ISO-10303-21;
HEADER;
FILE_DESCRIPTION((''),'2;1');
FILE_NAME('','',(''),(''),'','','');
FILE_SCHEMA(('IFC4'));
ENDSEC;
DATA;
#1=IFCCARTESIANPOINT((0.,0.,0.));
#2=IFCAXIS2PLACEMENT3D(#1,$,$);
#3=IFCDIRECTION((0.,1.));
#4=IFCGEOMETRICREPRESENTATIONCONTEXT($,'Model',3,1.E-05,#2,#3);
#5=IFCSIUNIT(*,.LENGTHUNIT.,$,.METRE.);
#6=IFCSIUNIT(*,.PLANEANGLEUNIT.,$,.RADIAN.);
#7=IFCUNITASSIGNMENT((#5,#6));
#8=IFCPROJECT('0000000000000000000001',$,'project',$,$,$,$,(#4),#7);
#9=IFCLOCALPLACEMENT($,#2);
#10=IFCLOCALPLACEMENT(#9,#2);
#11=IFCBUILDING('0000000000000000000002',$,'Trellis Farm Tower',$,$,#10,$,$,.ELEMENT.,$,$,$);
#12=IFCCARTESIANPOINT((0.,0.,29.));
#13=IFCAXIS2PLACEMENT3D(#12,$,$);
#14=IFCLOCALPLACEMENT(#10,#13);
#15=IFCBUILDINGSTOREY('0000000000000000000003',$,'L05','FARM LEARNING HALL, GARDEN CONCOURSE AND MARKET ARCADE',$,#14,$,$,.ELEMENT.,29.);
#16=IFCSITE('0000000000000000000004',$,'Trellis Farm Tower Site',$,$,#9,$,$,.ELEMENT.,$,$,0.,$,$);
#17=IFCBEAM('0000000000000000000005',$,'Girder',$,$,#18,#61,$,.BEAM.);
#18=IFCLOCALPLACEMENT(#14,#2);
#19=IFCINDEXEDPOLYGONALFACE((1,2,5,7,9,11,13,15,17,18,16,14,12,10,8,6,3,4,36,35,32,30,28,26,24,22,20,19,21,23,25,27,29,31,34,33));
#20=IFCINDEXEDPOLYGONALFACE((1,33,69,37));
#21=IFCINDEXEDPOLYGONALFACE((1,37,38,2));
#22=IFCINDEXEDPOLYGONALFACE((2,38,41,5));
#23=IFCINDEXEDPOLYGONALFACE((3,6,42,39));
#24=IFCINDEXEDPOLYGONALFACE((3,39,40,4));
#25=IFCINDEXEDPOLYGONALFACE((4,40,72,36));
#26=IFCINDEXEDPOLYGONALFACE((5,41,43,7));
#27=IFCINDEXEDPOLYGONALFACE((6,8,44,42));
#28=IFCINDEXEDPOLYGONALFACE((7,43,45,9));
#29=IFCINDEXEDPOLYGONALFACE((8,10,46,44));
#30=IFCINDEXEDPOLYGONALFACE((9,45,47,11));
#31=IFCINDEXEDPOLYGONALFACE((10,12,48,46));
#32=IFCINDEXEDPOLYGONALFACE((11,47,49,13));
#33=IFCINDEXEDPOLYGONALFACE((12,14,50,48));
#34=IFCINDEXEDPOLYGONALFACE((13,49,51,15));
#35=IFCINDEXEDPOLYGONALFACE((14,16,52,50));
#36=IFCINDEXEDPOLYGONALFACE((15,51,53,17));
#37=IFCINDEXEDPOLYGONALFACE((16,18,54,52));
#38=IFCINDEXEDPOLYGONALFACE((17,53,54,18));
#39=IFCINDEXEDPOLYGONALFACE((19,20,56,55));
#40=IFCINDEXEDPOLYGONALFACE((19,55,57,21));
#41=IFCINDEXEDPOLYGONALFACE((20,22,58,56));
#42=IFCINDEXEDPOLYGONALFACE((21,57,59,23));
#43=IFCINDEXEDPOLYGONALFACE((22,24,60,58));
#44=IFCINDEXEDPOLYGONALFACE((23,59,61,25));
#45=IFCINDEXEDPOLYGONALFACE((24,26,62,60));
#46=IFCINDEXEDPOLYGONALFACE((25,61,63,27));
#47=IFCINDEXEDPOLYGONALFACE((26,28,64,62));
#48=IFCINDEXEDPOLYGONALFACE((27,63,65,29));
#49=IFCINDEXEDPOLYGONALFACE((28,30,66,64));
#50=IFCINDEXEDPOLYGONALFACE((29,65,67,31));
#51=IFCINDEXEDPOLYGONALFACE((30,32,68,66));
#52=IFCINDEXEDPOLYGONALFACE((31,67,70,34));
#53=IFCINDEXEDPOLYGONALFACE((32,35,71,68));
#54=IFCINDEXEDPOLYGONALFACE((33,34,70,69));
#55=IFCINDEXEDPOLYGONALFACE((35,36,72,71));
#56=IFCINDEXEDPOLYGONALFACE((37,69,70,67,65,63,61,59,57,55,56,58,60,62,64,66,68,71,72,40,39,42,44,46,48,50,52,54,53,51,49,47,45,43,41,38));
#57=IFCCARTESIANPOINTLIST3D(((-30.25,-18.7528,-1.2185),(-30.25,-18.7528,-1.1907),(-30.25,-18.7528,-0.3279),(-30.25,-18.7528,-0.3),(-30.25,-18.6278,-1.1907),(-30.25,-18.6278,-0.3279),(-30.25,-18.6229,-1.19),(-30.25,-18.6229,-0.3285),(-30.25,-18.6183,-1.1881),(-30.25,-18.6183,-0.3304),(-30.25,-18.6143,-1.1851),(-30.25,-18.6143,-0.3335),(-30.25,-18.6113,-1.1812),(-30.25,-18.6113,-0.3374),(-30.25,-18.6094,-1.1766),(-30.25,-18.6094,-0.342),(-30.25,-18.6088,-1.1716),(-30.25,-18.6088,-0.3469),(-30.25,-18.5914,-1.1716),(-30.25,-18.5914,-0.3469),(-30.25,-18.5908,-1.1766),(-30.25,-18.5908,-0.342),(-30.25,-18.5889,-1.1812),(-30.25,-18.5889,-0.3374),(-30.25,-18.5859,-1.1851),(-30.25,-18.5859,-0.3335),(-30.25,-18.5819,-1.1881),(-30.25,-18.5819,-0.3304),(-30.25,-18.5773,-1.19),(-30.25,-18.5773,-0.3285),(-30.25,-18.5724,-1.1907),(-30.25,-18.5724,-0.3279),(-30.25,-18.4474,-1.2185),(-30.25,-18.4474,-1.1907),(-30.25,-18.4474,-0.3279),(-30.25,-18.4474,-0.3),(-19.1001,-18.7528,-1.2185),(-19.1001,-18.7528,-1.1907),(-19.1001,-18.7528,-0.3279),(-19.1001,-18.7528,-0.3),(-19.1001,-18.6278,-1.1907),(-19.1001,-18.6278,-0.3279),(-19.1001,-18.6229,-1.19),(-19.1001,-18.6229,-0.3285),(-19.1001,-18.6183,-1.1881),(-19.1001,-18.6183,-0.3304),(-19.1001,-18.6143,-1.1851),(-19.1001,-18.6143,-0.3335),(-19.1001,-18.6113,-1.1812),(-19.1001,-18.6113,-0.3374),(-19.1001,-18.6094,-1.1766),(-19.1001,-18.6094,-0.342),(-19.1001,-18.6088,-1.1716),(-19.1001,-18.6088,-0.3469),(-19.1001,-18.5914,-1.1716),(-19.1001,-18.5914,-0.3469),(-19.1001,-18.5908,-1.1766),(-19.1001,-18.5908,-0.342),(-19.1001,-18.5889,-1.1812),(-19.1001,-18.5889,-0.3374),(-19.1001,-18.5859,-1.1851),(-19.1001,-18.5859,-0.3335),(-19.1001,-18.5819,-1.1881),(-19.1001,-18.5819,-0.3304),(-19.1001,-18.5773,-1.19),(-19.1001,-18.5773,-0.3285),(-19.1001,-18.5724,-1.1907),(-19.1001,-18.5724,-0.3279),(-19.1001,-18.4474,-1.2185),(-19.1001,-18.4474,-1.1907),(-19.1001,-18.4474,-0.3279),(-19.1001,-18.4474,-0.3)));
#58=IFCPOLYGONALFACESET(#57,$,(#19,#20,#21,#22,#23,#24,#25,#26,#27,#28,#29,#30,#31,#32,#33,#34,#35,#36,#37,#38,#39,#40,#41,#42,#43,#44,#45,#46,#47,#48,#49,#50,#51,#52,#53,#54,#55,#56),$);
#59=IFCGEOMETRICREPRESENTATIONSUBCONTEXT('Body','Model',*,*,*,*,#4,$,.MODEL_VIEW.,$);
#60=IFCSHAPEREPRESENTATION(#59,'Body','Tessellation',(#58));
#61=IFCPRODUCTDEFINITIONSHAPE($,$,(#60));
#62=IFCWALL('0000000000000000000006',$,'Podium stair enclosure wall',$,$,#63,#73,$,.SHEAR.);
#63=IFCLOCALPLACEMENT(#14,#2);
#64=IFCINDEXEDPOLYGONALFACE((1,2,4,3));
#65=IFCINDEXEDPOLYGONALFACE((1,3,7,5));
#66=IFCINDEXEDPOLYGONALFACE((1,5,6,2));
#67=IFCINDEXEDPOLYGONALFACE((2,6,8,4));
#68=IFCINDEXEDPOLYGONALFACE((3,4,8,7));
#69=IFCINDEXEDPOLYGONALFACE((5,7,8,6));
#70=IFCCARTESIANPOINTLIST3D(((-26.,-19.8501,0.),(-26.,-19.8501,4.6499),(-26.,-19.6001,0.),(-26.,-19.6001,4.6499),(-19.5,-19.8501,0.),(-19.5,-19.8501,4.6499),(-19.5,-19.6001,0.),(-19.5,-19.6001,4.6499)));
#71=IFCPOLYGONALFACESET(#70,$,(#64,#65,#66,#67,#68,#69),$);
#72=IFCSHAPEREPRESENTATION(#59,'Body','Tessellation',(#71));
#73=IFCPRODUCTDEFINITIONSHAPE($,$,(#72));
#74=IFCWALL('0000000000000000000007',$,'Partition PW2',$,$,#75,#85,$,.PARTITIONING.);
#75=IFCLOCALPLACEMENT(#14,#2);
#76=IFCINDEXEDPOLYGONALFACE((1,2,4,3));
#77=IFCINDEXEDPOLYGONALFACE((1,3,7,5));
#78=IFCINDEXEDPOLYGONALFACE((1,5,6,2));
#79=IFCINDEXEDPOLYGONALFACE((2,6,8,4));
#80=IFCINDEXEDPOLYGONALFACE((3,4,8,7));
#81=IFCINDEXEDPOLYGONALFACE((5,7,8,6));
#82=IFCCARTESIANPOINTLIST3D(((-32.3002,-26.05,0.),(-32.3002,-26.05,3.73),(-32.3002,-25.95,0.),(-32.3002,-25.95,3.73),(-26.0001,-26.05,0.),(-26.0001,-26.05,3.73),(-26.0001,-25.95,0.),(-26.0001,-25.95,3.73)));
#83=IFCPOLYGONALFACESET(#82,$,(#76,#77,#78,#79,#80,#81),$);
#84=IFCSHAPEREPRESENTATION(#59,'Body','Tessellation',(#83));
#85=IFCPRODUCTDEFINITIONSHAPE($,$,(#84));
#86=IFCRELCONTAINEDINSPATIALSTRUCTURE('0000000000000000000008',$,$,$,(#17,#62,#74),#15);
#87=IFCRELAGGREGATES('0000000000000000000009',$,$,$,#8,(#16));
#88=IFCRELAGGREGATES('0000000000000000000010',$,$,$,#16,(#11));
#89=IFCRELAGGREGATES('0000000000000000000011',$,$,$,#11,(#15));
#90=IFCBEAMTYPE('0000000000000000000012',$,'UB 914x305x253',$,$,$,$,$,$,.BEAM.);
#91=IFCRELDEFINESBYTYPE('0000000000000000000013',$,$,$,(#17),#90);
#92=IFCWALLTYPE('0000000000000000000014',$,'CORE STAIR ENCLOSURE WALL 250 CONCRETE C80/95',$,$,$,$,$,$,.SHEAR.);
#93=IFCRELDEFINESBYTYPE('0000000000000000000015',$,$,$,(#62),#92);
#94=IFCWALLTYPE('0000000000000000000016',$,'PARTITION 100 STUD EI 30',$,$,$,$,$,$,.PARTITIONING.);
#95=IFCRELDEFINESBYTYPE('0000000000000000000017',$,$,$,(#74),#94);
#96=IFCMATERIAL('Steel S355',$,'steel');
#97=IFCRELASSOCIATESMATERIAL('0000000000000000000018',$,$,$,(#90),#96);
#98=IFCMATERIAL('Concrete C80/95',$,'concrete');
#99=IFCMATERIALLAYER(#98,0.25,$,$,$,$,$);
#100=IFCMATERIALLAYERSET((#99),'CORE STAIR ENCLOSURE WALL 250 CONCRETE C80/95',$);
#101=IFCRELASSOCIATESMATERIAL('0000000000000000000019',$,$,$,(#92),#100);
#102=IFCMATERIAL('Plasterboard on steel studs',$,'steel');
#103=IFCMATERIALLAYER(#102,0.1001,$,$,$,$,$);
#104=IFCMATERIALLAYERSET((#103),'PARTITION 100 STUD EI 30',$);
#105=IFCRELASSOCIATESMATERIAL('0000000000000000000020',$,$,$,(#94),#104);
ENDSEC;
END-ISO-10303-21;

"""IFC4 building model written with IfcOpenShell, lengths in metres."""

from ifc_helpers import new_model, si_unit, direction, frame, frame_2d, origin, origin_2d, place, context, subcontext, project, spatial, rectangle, i_section, extrude, source, transform, mapped, material, layer, layer_set, material_profile, profile_set, type_object, element, save


model = new_model("IFC4")

# Units and contexts
model_context = context("Model", 3, precision=1e-05, world=origin(), true_north=direction((0.0, 1.0)))
body_context = subcontext(model_context, "Body", "Model", "MODEL_VIEW")
ifc_project = project(units=[si_unit("LENGTHUNIT", "METRE"), si_unit("PLANEANGLEUNIT", "RADIAN")], contexts=[model_context])

# Site, building, storey
site_placement = place(None, origin())
site = spatial("IfcSite", under=ifc_project, at=site_placement, Name="Trellis Farm Tower Site", CompositionType="ELEMENT", RefElevation=0.0)
building_placement = place(site_placement, origin())
building = spatial("IfcBuilding", under=site, at=building_placement, Name="Trellis Farm Tower", CompositionType="ELEMENT")
storey_placement = place(building_placement, frame((0.0, 0.0, 29.0)))
storey = spatial("IfcBuildingStorey", under=building, at=storey_placement, Name="L05", Description="FARM LEARNING HALL, GARDEN CONCOURSE AND MARKET ARCADE", CompositionType="ELEMENT", Elevation=29.0)

# Beam
ifc_material_1 = material(Name="Steel S355", Category="steel")
ifc_material_profile_1 = material_profile(ifc_material_1, i_section(OverallWidth=0.3054, OverallDepth=0.9185, WebThickness=0.0173, FlangeThickness=0.0278, FilletRadius=0.019, at=origin_2d()), Name="UB 914x305x253")
ifc_profile_set_1 = profile_set([ifc_material_profile_1], Name="Steel S355")
beam_type_1 = type_object("IfcBeamType", Name="UB 914x305x253", PredefinedType="BEAM", material=ifc_profile_set_1)
shared_shape_1 = source(origin(), body_context, "Body", "SweptSolid", [
    extrude(i_section(OverallWidth=0.3054, OverallDepth=0.9185, WebThickness=0.0173, FlangeThickness=0.0278, FilletRadius=0.019, at=origin_2d()), origin(), (0.0, 0.0, 1.0), 11.1499),
])
beam_placement = place(storey_placement, frame((-30.25, -18.6001, -0.7593), z_axis=(1.0, 0.0, 0.0), x_axis=(0.0, 1.0, 0.0)))
element("IfcBeam", 1, at=beam_placement, inside=storey, type_object=beam_type_1, Name="Girder", PredefinedType="BEAM", context=body_context, shape_type="MappedRepresentation", body=[
    mapped(shared_shape_1, transform((0.0, 0.0, 0.0))),
])

# Walls
ifc_material_2 = material(Name="Concrete C80/95", Category="concrete")
ifc_layer_1 = layer(ifc_material_2, 0.25)
ifc_layer_set_1 = layer_set([ifc_layer_1], Name="CORE STAIR ENCLOSURE WALL 250 CONCRETE C80/95")
wall_type_1 = type_object("IfcWallType", Name="CORE STAIR ENCLOSURE WALL 250 CONCRETE C80/95", PredefinedType="SHEAR", material=ifc_layer_set_1)
shared_shape_2 = source(origin(), body_context, "Body", "SweptSolid", [
    extrude(rectangle(XDim=6.5, YDim=0.25, at=frame_2d((3.25, 0.0))), origin(), (0.0, 0.0, 1.0), 4.6499),
])
wall_1_placement = place(storey_placement, frame((-26.0, -19.7251, 0.0), z_axis=(0.0, 0.0, 1.0), x_axis=(1.0, 0.0, 0.0)))
element("IfcWall", 2, at=wall_1_placement, inside=storey, type_object=wall_type_1, Name="Podium stair enclosure wall", PredefinedType="SHEAR", context=body_context, shape_type="MappedRepresentation", body=[
    mapped(shared_shape_2, transform((0.0, 0.0, 0.0))),
])
ifc_material_3 = material(Name="Plasterboard on steel studs", Category="steel")
ifc_layer_2 = layer(ifc_material_3, 0.1001)
ifc_layer_set_2 = layer_set([ifc_layer_2], Name="PARTITION 100 STUD EI 30")
wall_type_2 = type_object("IfcWallType", Name="PARTITION 100 STUD EI 30", PredefinedType="PARTITIONING", material=ifc_layer_set_2)
shared_shape_3 = source(origin(), body_context, "Body", "SweptSolid", [
    extrude(rectangle(XDim=6.3, YDim=0.1001, at=frame_2d((3.1499, 0.0))), origin(), (0.0, 0.0, 1.0), 3.73),
])
wall_2_placement = place(storey_placement, frame((-32.3, -26.0, 0.0), z_axis=(0.0, 0.0, 1.0), x_axis=(1.0, 0.0, 0.0)))
element("IfcWall", 3, at=wall_2_placement, inside=storey, type_object=wall_type_2, Name="Partition PW2", PredefinedType="PARTITIONING", context=body_context, shape_type="MappedRepresentation", body=[
    mapped(shared_shape_3, transform((0.0, 0.0, 0.0))),
])

save(model, "model.ifc")
